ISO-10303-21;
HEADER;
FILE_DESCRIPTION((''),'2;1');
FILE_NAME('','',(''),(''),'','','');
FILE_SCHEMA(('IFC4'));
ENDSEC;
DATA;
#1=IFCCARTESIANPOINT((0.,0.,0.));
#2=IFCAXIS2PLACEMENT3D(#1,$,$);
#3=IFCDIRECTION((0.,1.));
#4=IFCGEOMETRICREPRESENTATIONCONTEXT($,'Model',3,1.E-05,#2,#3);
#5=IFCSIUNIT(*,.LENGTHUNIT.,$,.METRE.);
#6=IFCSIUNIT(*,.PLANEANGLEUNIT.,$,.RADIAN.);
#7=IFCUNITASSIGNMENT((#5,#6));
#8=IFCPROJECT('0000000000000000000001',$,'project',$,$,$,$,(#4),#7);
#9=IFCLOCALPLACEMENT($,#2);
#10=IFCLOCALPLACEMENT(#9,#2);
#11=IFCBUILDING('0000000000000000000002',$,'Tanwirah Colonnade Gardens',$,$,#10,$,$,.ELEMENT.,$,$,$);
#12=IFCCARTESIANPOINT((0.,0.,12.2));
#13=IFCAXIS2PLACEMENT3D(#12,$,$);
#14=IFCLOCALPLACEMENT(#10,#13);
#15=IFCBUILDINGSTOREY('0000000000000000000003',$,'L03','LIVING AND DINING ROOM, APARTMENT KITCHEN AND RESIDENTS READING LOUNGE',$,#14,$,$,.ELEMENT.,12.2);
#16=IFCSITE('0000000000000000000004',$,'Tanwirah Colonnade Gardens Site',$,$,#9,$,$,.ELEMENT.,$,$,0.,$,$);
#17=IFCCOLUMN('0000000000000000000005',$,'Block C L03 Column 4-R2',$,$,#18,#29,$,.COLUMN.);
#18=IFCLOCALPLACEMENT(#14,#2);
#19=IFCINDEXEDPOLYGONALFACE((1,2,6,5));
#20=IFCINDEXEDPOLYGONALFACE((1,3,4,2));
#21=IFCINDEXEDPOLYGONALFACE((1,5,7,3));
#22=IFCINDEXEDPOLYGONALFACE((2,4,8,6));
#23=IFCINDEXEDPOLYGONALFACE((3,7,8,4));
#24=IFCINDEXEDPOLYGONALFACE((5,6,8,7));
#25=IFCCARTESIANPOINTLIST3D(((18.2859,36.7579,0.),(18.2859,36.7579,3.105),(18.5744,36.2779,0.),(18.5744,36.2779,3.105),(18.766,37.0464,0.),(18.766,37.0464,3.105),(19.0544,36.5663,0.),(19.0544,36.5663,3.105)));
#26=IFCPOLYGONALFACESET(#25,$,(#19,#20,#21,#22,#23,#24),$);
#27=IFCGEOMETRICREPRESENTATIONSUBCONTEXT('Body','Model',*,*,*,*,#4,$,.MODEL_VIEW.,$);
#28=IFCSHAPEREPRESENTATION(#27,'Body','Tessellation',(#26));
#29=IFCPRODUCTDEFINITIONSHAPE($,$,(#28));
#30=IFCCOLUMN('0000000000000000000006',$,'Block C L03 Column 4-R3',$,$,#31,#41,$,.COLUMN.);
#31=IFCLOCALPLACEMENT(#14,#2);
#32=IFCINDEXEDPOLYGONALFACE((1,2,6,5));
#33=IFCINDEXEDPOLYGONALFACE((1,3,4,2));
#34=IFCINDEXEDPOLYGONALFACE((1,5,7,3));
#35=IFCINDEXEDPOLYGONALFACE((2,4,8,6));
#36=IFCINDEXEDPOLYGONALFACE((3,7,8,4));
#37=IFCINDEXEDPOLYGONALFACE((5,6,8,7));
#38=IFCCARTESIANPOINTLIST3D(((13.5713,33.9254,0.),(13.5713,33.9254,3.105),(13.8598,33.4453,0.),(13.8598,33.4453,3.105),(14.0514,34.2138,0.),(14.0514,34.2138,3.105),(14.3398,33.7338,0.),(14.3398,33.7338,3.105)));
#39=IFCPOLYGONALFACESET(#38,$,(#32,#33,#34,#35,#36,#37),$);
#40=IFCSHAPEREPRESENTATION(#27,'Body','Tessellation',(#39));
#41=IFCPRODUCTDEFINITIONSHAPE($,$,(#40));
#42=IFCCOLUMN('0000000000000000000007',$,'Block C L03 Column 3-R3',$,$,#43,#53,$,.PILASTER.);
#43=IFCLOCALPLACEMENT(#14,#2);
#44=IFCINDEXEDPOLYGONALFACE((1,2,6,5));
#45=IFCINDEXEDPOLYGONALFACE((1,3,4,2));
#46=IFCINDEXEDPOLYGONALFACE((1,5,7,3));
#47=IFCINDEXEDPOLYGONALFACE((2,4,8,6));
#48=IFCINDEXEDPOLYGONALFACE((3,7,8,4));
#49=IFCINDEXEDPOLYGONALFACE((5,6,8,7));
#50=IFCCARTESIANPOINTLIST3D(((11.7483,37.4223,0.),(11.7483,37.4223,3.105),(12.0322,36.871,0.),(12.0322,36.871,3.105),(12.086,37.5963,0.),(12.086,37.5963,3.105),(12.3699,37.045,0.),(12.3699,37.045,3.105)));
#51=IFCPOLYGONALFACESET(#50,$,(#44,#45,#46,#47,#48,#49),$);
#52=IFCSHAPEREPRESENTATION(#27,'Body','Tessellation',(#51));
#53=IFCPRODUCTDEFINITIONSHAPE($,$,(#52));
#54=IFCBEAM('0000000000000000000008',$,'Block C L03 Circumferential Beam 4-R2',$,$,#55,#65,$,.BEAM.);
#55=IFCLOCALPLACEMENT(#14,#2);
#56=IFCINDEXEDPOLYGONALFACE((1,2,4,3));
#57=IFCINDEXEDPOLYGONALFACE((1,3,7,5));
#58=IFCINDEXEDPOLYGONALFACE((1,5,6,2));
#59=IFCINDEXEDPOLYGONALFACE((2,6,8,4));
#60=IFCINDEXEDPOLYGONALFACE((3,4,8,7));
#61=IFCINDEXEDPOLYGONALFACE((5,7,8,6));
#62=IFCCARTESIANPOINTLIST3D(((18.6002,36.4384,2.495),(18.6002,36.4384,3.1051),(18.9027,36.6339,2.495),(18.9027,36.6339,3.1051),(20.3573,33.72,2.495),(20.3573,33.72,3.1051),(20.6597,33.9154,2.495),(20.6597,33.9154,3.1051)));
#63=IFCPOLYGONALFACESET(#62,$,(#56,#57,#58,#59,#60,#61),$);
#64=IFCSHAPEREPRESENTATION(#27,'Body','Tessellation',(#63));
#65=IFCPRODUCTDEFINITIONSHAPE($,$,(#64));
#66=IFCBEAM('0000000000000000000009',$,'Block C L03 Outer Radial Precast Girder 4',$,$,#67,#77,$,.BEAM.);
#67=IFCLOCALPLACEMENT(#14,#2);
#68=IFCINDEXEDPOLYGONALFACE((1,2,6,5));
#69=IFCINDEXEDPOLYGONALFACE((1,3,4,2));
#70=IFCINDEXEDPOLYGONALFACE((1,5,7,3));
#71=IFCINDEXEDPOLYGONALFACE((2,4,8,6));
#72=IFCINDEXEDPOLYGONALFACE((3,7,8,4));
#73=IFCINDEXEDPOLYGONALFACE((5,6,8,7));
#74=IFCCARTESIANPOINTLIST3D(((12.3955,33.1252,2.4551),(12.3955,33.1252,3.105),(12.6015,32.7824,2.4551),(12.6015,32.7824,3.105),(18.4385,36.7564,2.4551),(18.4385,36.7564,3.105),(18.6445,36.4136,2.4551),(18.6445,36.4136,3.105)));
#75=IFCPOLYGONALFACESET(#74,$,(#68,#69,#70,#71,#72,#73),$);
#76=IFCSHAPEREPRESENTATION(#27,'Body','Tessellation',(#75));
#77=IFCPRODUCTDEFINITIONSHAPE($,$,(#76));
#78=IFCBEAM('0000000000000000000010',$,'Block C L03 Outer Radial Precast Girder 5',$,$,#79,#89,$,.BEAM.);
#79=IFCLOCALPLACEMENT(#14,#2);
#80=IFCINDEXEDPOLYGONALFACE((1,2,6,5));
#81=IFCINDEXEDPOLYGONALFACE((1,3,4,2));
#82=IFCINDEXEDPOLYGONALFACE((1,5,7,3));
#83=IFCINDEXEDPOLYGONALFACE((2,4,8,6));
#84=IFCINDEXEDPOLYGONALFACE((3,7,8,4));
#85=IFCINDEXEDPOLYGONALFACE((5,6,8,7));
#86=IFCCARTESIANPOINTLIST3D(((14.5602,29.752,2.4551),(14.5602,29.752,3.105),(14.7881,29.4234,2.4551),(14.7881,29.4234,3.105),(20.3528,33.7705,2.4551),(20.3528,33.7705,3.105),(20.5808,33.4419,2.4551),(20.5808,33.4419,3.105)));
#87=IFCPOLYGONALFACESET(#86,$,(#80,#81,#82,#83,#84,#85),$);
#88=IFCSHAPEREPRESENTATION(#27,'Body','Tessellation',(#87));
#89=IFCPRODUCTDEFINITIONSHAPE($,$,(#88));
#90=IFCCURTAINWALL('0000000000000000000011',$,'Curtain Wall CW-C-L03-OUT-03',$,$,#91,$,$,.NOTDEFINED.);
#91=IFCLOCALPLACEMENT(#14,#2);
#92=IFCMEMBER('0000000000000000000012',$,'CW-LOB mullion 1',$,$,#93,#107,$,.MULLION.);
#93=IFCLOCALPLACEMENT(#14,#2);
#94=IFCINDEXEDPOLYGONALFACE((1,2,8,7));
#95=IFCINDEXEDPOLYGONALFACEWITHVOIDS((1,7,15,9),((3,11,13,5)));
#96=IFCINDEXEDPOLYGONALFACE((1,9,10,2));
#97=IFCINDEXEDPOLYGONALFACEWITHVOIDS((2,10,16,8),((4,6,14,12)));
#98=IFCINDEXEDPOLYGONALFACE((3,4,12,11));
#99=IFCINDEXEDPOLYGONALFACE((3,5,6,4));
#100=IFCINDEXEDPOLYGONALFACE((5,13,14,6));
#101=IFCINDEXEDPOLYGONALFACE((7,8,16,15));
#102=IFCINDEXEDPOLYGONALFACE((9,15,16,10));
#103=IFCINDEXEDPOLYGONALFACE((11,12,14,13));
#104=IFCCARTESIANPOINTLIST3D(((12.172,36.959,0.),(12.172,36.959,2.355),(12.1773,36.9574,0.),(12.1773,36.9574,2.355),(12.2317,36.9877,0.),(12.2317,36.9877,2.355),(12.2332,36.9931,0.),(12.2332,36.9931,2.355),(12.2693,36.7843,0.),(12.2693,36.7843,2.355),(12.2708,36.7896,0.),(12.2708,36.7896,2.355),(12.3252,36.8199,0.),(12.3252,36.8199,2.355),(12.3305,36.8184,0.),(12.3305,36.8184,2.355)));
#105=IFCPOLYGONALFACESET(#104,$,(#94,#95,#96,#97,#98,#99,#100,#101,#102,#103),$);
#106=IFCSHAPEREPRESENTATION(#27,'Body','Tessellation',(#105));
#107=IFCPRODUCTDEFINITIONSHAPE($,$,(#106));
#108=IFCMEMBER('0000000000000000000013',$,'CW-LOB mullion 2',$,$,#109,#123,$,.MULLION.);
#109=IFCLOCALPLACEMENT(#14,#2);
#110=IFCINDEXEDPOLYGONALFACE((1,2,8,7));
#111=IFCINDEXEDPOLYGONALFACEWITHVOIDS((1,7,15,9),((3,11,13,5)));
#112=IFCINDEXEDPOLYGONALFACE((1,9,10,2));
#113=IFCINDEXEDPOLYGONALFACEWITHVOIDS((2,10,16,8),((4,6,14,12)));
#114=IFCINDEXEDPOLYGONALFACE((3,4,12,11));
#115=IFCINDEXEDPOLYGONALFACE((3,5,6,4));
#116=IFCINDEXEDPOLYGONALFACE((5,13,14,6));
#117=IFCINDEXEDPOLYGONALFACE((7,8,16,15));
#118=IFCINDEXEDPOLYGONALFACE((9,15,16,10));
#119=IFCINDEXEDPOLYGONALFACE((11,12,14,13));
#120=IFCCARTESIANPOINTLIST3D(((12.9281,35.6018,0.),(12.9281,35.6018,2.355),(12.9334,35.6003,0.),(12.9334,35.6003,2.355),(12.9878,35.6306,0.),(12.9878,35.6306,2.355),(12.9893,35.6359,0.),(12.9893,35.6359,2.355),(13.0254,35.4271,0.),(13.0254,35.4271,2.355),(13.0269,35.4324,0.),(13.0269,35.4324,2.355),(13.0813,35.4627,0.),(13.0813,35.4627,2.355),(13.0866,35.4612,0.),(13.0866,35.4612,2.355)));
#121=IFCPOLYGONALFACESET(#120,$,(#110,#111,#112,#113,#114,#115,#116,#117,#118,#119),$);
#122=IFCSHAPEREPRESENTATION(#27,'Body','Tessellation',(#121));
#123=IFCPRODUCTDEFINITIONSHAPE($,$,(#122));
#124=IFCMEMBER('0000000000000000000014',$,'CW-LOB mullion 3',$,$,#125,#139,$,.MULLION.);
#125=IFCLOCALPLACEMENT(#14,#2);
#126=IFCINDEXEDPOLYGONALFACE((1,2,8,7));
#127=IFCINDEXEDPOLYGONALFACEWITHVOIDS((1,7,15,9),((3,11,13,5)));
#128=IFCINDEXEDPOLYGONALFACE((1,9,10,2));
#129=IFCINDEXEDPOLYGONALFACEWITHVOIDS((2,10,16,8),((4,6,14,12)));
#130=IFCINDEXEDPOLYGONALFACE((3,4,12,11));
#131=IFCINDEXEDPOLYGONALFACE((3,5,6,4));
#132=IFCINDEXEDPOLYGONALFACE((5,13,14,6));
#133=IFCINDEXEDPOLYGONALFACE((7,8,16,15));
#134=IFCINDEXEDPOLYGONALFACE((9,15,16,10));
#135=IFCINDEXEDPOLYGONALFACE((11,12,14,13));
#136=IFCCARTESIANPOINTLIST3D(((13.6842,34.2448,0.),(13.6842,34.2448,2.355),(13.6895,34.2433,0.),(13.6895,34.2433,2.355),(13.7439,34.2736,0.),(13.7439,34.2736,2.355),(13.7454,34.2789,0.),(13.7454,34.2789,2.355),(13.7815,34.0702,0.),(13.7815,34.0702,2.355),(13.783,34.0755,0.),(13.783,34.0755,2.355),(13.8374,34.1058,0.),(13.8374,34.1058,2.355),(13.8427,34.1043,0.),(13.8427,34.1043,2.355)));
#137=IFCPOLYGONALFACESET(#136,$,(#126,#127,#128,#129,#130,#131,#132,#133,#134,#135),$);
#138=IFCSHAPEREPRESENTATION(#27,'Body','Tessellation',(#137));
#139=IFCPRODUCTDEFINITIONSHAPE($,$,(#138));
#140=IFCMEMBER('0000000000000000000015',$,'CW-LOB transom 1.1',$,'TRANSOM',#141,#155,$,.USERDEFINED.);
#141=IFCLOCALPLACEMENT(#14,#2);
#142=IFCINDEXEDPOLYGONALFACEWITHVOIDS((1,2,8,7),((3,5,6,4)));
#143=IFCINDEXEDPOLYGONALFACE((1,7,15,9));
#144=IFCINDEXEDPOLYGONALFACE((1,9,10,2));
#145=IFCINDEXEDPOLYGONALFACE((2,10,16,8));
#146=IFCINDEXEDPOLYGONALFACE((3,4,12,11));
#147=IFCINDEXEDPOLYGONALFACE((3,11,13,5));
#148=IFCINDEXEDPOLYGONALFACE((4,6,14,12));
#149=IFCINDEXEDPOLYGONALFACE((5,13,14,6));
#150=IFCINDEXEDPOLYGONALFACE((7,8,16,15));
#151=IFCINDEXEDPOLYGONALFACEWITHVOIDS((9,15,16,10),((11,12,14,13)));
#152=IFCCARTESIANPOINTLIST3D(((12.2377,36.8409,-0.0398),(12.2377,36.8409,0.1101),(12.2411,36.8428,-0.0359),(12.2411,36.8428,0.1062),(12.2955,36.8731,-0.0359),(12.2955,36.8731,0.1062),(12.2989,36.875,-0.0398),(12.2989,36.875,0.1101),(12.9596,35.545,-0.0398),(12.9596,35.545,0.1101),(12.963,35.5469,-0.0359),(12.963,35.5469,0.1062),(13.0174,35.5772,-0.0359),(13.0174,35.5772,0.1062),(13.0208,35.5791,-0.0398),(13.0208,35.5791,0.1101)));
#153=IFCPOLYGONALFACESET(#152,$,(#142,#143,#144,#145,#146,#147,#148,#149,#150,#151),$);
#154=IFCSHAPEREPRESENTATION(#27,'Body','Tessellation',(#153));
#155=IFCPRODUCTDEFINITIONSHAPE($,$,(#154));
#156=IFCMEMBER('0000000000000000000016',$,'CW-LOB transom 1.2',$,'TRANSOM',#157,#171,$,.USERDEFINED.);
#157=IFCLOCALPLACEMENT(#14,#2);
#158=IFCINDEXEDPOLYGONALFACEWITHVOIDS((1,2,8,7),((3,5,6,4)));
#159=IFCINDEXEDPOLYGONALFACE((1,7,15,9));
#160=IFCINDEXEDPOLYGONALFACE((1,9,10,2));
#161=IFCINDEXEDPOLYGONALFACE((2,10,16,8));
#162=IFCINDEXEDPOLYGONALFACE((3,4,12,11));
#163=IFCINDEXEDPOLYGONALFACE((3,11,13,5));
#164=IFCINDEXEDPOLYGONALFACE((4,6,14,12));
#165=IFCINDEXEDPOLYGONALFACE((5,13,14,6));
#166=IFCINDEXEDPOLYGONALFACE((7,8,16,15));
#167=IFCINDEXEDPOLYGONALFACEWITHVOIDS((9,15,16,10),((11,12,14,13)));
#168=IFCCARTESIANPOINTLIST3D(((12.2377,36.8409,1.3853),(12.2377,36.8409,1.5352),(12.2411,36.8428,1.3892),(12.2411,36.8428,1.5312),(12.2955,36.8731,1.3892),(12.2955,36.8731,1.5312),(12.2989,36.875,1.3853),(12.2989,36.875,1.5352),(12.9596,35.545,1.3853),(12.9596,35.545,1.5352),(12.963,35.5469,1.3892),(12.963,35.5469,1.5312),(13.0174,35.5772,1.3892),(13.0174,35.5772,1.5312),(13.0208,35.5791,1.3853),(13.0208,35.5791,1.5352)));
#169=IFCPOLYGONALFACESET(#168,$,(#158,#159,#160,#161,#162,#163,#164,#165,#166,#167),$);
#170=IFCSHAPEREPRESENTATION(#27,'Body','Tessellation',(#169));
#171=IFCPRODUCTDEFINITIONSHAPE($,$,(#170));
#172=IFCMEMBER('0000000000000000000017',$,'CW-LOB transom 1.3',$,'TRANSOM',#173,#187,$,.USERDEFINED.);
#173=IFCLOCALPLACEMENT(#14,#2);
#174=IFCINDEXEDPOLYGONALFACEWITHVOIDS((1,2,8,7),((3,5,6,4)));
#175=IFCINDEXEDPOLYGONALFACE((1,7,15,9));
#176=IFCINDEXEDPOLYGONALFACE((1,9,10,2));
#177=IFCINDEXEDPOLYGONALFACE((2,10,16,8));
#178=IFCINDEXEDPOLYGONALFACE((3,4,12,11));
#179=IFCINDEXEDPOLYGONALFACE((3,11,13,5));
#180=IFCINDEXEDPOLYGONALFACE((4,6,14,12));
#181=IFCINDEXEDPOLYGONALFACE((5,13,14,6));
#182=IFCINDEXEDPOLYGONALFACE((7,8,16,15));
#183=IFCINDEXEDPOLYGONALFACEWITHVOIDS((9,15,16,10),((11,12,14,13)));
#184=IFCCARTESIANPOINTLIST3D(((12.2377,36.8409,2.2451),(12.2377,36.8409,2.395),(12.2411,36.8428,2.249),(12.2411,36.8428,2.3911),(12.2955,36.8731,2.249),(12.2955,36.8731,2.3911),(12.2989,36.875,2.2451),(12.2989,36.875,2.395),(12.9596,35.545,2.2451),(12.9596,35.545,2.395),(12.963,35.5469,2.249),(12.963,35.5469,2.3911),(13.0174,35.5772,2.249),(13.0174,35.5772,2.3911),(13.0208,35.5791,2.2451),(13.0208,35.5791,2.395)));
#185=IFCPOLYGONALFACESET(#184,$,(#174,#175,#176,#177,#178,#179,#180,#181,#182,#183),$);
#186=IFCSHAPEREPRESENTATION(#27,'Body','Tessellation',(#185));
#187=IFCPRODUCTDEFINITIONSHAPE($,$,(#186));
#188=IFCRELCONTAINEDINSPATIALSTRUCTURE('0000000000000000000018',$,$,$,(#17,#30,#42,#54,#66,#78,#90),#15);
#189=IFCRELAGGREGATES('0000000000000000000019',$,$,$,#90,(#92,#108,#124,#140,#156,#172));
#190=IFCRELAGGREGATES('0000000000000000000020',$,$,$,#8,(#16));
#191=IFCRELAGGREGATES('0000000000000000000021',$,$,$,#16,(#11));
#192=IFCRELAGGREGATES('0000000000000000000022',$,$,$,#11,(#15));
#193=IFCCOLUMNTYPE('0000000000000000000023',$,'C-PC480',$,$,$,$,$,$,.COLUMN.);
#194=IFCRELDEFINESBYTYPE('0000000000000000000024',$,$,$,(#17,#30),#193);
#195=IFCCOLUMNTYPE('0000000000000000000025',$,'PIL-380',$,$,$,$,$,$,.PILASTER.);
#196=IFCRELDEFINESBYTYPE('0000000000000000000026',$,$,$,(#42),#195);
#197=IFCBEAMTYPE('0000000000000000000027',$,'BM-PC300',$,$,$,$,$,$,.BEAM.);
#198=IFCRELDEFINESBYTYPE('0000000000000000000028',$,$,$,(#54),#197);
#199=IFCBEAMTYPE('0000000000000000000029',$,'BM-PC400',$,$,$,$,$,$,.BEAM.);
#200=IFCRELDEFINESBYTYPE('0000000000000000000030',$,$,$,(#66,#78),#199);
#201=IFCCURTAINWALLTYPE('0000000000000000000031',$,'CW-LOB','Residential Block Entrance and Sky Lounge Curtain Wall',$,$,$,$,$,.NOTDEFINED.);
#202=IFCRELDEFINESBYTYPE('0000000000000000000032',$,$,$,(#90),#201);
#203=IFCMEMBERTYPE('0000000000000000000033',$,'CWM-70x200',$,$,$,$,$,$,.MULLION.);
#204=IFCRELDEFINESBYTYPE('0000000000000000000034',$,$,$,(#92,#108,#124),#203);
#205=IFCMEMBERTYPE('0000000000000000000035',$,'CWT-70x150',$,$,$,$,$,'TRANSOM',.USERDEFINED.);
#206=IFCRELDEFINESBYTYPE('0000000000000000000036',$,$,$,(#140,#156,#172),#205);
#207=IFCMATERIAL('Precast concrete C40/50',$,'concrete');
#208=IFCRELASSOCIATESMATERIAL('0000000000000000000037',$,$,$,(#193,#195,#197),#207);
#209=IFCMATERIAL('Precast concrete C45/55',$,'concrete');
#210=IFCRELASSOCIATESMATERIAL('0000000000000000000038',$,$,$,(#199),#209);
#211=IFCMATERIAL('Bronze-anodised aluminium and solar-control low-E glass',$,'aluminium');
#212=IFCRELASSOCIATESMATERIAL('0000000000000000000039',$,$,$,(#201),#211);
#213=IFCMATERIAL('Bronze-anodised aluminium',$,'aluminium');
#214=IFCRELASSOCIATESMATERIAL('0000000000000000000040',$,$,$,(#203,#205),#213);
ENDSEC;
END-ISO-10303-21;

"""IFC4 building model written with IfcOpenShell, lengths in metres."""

from ifc_helpers import new_model, si_unit, direction, frame, origin, origin_2d, place, context, subcontext, project, spatial, rectangle, hollow_rectangle, extrude, material, material_profile, profile_set, type_object, element, aggregate, save


model = new_model("IFC4")

# Units and contexts
model_context = context("Model", 3, precision=1e-05, world=origin(), true_north=direction((0.0, 1.0)))
body_context = subcontext(model_context, "Body", "Model", "MODEL_VIEW")
ifc_project = project(units=[si_unit("LENGTHUNIT", "METRE"), si_unit("PLANEANGLEUNIT", "RADIAN")], contexts=[model_context])

# Site, building, storey
site_placement = place(None, origin())
site = spatial("IfcSite", under=ifc_project, at=site_placement, Name="Tanwirah Colonnade Gardens Site", CompositionType="ELEMENT", RefElevation=0.0)
building_placement = place(site_placement, origin())
building = spatial("IfcBuilding", under=site, at=building_placement, Name="Tanwirah Colonnade Gardens", CompositionType="ELEMENT")
storey_placement = place(building_placement, frame((0.0, 0.0, 12.2)))
storey = spatial("IfcBuildingStorey", under=building, at=storey_placement, Name="L03", Description="LIVING AND DINING ROOM, APARTMENT KITCHEN AND RESIDENTS READING LOUNGE", CompositionType="ELEMENT", Elevation=12.2)

# Columns
ifc_material_1 = material(Name="Precast concrete C40/50", Category="concrete")
ifc_material_profile_1 = material_profile(ifc_material_1, rectangle(XDim=0.5601, YDim=0.5601, at=origin_2d()), Name="PC-COL 560x560")
ifc_profile_set_1 = profile_set([ifc_material_profile_1], Name="Precast concrete C40/50")
column_type_1 = type_object("IfcColumnType", Name="C-PC480", PredefinedType="COLUMN", material=ifc_profile_set_1)
for number, where, z_axis, x_axis, name in (
    (1, (18.6702, 36.6621, 0.0), (0.0, 0.0, 1.0), (-0.857167, -0.515038, 0.0), "Block C L03 Column 4-R2"),
    (2, (13.9556, 33.8296, 0.0), (0.0, 0.0, 1.0), (-0.857167, -0.515038, 0.0), "Block C L03 Column 4-R3"),
):
    element("IfcColumn", number, at=place(storey_placement, frame(where, z_axis=z_axis, x_axis=x_axis)), inside=storey, type_object=column_type_1, Name=name, PredefinedType="COLUMN", context=body_context, shape_type="SweptSolid", body=[
        extrude(rectangle(XDim=0.5601, YDim=0.5601, at=origin_2d()), origin(), (0.0, 0.0, 1.0), 3.105),
    ])
ifc_material_profile_2 = material_profile(ifc_material_1, rectangle(XDim=0.3799, YDim=0.6201, at=origin_2d()), Name="PC-PIL 380x620")
ifc_profile_set_2 = profile_set([ifc_material_profile_2], Name="Precast concrete C40/50")
column_type_2 = type_object("IfcColumnType", Name="PIL-380", PredefinedType="PILASTER", material=ifc_profile_set_2)
column_placement = place(storey_placement, frame((12.0591, 37.2336, 0.0), z_axis=(0.0, 0.0, 1.0), x_axis=(-0.889017, -0.457874, 0.0)))
element("IfcColumn", 3, at=column_placement, inside=storey, type_object=column_type_2, Name="Block C L03 Column 3-R3", PredefinedType="PILASTER", context=body_context, shape_type="SweptSolid", body=[
    extrude(rectangle(XDim=0.3799, YDim=0.6201, at=origin_2d()), origin(), (0.0, 0.0, 1.0), 3.105),
])

# Beams
ifc_material_profile_3 = material_profile(ifc_material_1, rectangle(XDim=0.3601, YDim=0.6101, at=origin_2d()), Name="PC-BM 360x610")
ifc_profile_set_3 = profile_set([ifc_material_profile_3], Name="Precast concrete C40/50")
beam_type_1 = type_object("IfcBeamType", Name="BM-PC300", PredefinedType="BEAM", material=ifc_profile_set_3)
beam_1_placement = place(storey_placement, frame((18.7515, 36.5361, 2.8), z_axis=(0.542826, -0.839845, 0.0), x_axis=(0.839845, 0.542826, 0.0)))
element("IfcBeam", 4, at=beam_1_placement, inside=storey, type_object=beam_type_1, Name="Block C L03 Circumferential Beam 4-R2", PredefinedType="BEAM", context=body_context, shape_type="SweptSolid", body=[
    extrude(rectangle(XDim=0.3601, YDim=0.6101, at=origin_2d()), origin(), (0.0, 0.0, 1.0), 3.2368),
])
ifc_material_2 = material(Name="Precast concrete C45/55", Category="concrete")
ifc_material_profile_4 = material_profile(ifc_material_2, rectangle(XDim=0.3999, YDim=0.6499, at=origin_2d()), Name="PC-BM 400x650")
ifc_profile_set_4 = profile_set([ifc_material_profile_4], Name="Precast concrete C45/55")
beam_type_2 = type_object("IfcBeamType", Name="BM-PC400", PredefinedType="BEAM", material=ifc_profile_set_4)
for number, where, z_axis, x_axis, name in (
    (5, (18.5415, 36.585, 2.78), (-0.85716, -0.515051, 0.0), (0.515051, -0.85716, 0.0), "Block C L03 Outer Radial Precast Girder 4"),
    (6, (20.4668, 33.6062, 2.78), (-0.821647, -0.569997, 0.0), (0.569997, -0.821647, 0.0), "Block C L03 Outer Radial Precast Girder 5"),
):
    element("IfcBeam", number, at=place(storey_placement, frame(where, z_axis=z_axis, x_axis=x_axis)), inside=storey, type_object=beam_type_2, Name=name, PredefinedType="BEAM", context=body_context, shape_type="SweptSolid", body=[
        extrude(rectangle(XDim=0.3999, YDim=0.6499, at=origin_2d()), origin(), (0.0, 0.0, 1.0), 7.05),
    ])

# Curtain wall, members
ifc_material_3 = material(Name="Bronze-anodised aluminium and solar-control low-E glass", Category="aluminium")
curtain_wall_type = type_object("IfcCurtainWallType", Name="CW-LOB", Description="Residential Block Entrance and Sky Lounge Curtain Wall", PredefinedType="NOTDEFINED", material=ifc_material_3)
curtain_wall_placement = place(storey_placement, origin())
curtain_wall = element("IfcCurtainWall", 7, at=curtain_wall_placement, inside=storey, type_object=curtain_wall_type, Name="Curtain Wall CW-C-L03-OUT-03", PredefinedType="NOTDEFINED")
ifc_material_4 = material(Name="Bronze-anodised aluminium", Category="aluminium")
ifc_material_profile_5 = material_profile(ifc_material_4, hollow_rectangle(XDim=0.0701, YDim=0.2, WallThickness=0.0039, at=origin_2d()), Name="CW-MUL 70x200x4")
ifc_profile_set_5 = profile_set([ifc_material_profile_5], Name="Bronze-anodised aluminium")
member_type_1 = type_object("IfcMemberType", Name="CWM-70x200", PredefinedType="MULLION", material=ifc_profile_set_5)
member_1_placement = place(storey_placement, frame((12.2512, 36.8887, 0.0), z_axis=(0.0, 0.0, 1.0), x_axis=(0.873561, 0.486715, 0.0)))
member_1 = element("IfcMember", 8, at=member_1_placement, type_object=member_type_1, Name="CW-LOB mullion 1", PredefinedType="MULLION", context=body_context, shape_type="SweptSolid", body=[
    extrude(hollow_rectangle(XDim=0.0701, YDim=0.2, WallThickness=0.0039, at=origin_2d()), origin(), (0.0, 0.0, 1.0), 2.355),
])
member_2_placement = place(storey_placement, frame((13.0073, 35.5315, 0.0), z_axis=(0.0, 0.0, 1.0), x_axis=(0.873561, 0.486715, 0.0)))
member_2 = element("IfcMember", 9, at=member_2_placement, type_object=member_type_1, Name="CW-LOB mullion 2", PredefinedType="MULLION", context=body_context, shape_type="SweptSolid", body=[
    extrude(hollow_rectangle(XDim=0.0701, YDim=0.2, WallThickness=0.0039, at=origin_2d()), origin(), (0.0, 0.0, 1.0), 2.355),
])
member_3_placement = place(storey_placement, frame((13.7634, 34.1746, 0.0), z_axis=(0.0, 0.0, 1.0), x_axis=(0.873561, 0.486715, 0.0)))
member_3 = element("IfcMember", 10, at=member_3_placement, type_object=member_type_1, Name="CW-LOB mullion 3", PredefinedType="MULLION", context=body_context, shape_type="SweptSolid", body=[
    extrude(hollow_rectangle(XDim=0.0701, YDim=0.2, WallThickness=0.0039, at=origin_2d()), origin(), (0.0, 0.0, 1.0), 2.355),
])
ifc_material_profile_6 = material_profile(ifc_material_4, hollow_rectangle(XDim=0.0701, YDim=0.1499, WallThickness=0.0039, at=origin_2d()), Name="CW-TRN 70x150x4")
ifc_profile_set_6 = profile_set([ifc_material_profile_6], Name="Bronze-anodised aluminium")
member_type_2 = type_object("IfcMemberType", Name="CWT-70x150", ElementType="TRANSOM", PredefinedType="USERDEFINED", material=ifc_profile_set_6)
member_4_placement = place(storey_placement, frame((12.2683, 36.8579, 0.0352), z_axis=(0.486663, -0.87359, 0.0), x_axis=(0.87359, 0.486663, 0.0)))
member_4 = element("IfcMember", 11, at=member_4_placement, type_object=member_type_2, Name="CW-LOB transom 1.1", ObjectType="TRANSOM", PredefinedType="USERDEFINED", context=body_context, shape_type="SweptSolid", body=[
    extrude(hollow_rectangle(XDim=0.0701, YDim=0.1499, WallThickness=0.0039, at=origin_2d()), origin(), (0.0, 0.0, 1.0), 1.4834),
])
member_5_placement = place(storey_placement, frame((12.2683, 36.8579, 1.4602), z_axis=(0.486663, -0.87359, 0.0), x_axis=(0.87359, 0.486663, 0.0)))
member_5 = element("IfcMember", 12, at=member_5_placement, type_object=member_type_2, Name="CW-LOB transom 1.2", ObjectType="TRANSOM", PredefinedType="USERDEFINED", context=body_context, shape_type="SweptSolid", body=[
    extrude(hollow_rectangle(XDim=0.0701, YDim=0.1499, WallThickness=0.0039, at=origin_2d()), origin(), (0.0, 0.0, 1.0), 1.4834),
])
member_6_placement = place(storey_placement, frame((12.2683, 36.8579, 2.3201), z_axis=(0.486663, -0.87359, 0.0), x_axis=(0.87359, 0.486663, 0.0)))
member_6 = element("IfcMember", 13, at=member_6_placement, type_object=member_type_2, Name="CW-LOB transom 1.3", ObjectType="TRANSOM", PredefinedType="USERDEFINED", context=body_context, shape_type="SweptSolid", body=[
    extrude(hollow_rectangle(XDim=0.0701, YDim=0.1499, WallThickness=0.0039, at=origin_2d()), origin(), (0.0, 0.0, 1.0), 1.4834),
])

aggregate(curtain_wall, [member_1, member_2, member_3, member_4, member_5, member_6])

save(model, "model.ifc")
